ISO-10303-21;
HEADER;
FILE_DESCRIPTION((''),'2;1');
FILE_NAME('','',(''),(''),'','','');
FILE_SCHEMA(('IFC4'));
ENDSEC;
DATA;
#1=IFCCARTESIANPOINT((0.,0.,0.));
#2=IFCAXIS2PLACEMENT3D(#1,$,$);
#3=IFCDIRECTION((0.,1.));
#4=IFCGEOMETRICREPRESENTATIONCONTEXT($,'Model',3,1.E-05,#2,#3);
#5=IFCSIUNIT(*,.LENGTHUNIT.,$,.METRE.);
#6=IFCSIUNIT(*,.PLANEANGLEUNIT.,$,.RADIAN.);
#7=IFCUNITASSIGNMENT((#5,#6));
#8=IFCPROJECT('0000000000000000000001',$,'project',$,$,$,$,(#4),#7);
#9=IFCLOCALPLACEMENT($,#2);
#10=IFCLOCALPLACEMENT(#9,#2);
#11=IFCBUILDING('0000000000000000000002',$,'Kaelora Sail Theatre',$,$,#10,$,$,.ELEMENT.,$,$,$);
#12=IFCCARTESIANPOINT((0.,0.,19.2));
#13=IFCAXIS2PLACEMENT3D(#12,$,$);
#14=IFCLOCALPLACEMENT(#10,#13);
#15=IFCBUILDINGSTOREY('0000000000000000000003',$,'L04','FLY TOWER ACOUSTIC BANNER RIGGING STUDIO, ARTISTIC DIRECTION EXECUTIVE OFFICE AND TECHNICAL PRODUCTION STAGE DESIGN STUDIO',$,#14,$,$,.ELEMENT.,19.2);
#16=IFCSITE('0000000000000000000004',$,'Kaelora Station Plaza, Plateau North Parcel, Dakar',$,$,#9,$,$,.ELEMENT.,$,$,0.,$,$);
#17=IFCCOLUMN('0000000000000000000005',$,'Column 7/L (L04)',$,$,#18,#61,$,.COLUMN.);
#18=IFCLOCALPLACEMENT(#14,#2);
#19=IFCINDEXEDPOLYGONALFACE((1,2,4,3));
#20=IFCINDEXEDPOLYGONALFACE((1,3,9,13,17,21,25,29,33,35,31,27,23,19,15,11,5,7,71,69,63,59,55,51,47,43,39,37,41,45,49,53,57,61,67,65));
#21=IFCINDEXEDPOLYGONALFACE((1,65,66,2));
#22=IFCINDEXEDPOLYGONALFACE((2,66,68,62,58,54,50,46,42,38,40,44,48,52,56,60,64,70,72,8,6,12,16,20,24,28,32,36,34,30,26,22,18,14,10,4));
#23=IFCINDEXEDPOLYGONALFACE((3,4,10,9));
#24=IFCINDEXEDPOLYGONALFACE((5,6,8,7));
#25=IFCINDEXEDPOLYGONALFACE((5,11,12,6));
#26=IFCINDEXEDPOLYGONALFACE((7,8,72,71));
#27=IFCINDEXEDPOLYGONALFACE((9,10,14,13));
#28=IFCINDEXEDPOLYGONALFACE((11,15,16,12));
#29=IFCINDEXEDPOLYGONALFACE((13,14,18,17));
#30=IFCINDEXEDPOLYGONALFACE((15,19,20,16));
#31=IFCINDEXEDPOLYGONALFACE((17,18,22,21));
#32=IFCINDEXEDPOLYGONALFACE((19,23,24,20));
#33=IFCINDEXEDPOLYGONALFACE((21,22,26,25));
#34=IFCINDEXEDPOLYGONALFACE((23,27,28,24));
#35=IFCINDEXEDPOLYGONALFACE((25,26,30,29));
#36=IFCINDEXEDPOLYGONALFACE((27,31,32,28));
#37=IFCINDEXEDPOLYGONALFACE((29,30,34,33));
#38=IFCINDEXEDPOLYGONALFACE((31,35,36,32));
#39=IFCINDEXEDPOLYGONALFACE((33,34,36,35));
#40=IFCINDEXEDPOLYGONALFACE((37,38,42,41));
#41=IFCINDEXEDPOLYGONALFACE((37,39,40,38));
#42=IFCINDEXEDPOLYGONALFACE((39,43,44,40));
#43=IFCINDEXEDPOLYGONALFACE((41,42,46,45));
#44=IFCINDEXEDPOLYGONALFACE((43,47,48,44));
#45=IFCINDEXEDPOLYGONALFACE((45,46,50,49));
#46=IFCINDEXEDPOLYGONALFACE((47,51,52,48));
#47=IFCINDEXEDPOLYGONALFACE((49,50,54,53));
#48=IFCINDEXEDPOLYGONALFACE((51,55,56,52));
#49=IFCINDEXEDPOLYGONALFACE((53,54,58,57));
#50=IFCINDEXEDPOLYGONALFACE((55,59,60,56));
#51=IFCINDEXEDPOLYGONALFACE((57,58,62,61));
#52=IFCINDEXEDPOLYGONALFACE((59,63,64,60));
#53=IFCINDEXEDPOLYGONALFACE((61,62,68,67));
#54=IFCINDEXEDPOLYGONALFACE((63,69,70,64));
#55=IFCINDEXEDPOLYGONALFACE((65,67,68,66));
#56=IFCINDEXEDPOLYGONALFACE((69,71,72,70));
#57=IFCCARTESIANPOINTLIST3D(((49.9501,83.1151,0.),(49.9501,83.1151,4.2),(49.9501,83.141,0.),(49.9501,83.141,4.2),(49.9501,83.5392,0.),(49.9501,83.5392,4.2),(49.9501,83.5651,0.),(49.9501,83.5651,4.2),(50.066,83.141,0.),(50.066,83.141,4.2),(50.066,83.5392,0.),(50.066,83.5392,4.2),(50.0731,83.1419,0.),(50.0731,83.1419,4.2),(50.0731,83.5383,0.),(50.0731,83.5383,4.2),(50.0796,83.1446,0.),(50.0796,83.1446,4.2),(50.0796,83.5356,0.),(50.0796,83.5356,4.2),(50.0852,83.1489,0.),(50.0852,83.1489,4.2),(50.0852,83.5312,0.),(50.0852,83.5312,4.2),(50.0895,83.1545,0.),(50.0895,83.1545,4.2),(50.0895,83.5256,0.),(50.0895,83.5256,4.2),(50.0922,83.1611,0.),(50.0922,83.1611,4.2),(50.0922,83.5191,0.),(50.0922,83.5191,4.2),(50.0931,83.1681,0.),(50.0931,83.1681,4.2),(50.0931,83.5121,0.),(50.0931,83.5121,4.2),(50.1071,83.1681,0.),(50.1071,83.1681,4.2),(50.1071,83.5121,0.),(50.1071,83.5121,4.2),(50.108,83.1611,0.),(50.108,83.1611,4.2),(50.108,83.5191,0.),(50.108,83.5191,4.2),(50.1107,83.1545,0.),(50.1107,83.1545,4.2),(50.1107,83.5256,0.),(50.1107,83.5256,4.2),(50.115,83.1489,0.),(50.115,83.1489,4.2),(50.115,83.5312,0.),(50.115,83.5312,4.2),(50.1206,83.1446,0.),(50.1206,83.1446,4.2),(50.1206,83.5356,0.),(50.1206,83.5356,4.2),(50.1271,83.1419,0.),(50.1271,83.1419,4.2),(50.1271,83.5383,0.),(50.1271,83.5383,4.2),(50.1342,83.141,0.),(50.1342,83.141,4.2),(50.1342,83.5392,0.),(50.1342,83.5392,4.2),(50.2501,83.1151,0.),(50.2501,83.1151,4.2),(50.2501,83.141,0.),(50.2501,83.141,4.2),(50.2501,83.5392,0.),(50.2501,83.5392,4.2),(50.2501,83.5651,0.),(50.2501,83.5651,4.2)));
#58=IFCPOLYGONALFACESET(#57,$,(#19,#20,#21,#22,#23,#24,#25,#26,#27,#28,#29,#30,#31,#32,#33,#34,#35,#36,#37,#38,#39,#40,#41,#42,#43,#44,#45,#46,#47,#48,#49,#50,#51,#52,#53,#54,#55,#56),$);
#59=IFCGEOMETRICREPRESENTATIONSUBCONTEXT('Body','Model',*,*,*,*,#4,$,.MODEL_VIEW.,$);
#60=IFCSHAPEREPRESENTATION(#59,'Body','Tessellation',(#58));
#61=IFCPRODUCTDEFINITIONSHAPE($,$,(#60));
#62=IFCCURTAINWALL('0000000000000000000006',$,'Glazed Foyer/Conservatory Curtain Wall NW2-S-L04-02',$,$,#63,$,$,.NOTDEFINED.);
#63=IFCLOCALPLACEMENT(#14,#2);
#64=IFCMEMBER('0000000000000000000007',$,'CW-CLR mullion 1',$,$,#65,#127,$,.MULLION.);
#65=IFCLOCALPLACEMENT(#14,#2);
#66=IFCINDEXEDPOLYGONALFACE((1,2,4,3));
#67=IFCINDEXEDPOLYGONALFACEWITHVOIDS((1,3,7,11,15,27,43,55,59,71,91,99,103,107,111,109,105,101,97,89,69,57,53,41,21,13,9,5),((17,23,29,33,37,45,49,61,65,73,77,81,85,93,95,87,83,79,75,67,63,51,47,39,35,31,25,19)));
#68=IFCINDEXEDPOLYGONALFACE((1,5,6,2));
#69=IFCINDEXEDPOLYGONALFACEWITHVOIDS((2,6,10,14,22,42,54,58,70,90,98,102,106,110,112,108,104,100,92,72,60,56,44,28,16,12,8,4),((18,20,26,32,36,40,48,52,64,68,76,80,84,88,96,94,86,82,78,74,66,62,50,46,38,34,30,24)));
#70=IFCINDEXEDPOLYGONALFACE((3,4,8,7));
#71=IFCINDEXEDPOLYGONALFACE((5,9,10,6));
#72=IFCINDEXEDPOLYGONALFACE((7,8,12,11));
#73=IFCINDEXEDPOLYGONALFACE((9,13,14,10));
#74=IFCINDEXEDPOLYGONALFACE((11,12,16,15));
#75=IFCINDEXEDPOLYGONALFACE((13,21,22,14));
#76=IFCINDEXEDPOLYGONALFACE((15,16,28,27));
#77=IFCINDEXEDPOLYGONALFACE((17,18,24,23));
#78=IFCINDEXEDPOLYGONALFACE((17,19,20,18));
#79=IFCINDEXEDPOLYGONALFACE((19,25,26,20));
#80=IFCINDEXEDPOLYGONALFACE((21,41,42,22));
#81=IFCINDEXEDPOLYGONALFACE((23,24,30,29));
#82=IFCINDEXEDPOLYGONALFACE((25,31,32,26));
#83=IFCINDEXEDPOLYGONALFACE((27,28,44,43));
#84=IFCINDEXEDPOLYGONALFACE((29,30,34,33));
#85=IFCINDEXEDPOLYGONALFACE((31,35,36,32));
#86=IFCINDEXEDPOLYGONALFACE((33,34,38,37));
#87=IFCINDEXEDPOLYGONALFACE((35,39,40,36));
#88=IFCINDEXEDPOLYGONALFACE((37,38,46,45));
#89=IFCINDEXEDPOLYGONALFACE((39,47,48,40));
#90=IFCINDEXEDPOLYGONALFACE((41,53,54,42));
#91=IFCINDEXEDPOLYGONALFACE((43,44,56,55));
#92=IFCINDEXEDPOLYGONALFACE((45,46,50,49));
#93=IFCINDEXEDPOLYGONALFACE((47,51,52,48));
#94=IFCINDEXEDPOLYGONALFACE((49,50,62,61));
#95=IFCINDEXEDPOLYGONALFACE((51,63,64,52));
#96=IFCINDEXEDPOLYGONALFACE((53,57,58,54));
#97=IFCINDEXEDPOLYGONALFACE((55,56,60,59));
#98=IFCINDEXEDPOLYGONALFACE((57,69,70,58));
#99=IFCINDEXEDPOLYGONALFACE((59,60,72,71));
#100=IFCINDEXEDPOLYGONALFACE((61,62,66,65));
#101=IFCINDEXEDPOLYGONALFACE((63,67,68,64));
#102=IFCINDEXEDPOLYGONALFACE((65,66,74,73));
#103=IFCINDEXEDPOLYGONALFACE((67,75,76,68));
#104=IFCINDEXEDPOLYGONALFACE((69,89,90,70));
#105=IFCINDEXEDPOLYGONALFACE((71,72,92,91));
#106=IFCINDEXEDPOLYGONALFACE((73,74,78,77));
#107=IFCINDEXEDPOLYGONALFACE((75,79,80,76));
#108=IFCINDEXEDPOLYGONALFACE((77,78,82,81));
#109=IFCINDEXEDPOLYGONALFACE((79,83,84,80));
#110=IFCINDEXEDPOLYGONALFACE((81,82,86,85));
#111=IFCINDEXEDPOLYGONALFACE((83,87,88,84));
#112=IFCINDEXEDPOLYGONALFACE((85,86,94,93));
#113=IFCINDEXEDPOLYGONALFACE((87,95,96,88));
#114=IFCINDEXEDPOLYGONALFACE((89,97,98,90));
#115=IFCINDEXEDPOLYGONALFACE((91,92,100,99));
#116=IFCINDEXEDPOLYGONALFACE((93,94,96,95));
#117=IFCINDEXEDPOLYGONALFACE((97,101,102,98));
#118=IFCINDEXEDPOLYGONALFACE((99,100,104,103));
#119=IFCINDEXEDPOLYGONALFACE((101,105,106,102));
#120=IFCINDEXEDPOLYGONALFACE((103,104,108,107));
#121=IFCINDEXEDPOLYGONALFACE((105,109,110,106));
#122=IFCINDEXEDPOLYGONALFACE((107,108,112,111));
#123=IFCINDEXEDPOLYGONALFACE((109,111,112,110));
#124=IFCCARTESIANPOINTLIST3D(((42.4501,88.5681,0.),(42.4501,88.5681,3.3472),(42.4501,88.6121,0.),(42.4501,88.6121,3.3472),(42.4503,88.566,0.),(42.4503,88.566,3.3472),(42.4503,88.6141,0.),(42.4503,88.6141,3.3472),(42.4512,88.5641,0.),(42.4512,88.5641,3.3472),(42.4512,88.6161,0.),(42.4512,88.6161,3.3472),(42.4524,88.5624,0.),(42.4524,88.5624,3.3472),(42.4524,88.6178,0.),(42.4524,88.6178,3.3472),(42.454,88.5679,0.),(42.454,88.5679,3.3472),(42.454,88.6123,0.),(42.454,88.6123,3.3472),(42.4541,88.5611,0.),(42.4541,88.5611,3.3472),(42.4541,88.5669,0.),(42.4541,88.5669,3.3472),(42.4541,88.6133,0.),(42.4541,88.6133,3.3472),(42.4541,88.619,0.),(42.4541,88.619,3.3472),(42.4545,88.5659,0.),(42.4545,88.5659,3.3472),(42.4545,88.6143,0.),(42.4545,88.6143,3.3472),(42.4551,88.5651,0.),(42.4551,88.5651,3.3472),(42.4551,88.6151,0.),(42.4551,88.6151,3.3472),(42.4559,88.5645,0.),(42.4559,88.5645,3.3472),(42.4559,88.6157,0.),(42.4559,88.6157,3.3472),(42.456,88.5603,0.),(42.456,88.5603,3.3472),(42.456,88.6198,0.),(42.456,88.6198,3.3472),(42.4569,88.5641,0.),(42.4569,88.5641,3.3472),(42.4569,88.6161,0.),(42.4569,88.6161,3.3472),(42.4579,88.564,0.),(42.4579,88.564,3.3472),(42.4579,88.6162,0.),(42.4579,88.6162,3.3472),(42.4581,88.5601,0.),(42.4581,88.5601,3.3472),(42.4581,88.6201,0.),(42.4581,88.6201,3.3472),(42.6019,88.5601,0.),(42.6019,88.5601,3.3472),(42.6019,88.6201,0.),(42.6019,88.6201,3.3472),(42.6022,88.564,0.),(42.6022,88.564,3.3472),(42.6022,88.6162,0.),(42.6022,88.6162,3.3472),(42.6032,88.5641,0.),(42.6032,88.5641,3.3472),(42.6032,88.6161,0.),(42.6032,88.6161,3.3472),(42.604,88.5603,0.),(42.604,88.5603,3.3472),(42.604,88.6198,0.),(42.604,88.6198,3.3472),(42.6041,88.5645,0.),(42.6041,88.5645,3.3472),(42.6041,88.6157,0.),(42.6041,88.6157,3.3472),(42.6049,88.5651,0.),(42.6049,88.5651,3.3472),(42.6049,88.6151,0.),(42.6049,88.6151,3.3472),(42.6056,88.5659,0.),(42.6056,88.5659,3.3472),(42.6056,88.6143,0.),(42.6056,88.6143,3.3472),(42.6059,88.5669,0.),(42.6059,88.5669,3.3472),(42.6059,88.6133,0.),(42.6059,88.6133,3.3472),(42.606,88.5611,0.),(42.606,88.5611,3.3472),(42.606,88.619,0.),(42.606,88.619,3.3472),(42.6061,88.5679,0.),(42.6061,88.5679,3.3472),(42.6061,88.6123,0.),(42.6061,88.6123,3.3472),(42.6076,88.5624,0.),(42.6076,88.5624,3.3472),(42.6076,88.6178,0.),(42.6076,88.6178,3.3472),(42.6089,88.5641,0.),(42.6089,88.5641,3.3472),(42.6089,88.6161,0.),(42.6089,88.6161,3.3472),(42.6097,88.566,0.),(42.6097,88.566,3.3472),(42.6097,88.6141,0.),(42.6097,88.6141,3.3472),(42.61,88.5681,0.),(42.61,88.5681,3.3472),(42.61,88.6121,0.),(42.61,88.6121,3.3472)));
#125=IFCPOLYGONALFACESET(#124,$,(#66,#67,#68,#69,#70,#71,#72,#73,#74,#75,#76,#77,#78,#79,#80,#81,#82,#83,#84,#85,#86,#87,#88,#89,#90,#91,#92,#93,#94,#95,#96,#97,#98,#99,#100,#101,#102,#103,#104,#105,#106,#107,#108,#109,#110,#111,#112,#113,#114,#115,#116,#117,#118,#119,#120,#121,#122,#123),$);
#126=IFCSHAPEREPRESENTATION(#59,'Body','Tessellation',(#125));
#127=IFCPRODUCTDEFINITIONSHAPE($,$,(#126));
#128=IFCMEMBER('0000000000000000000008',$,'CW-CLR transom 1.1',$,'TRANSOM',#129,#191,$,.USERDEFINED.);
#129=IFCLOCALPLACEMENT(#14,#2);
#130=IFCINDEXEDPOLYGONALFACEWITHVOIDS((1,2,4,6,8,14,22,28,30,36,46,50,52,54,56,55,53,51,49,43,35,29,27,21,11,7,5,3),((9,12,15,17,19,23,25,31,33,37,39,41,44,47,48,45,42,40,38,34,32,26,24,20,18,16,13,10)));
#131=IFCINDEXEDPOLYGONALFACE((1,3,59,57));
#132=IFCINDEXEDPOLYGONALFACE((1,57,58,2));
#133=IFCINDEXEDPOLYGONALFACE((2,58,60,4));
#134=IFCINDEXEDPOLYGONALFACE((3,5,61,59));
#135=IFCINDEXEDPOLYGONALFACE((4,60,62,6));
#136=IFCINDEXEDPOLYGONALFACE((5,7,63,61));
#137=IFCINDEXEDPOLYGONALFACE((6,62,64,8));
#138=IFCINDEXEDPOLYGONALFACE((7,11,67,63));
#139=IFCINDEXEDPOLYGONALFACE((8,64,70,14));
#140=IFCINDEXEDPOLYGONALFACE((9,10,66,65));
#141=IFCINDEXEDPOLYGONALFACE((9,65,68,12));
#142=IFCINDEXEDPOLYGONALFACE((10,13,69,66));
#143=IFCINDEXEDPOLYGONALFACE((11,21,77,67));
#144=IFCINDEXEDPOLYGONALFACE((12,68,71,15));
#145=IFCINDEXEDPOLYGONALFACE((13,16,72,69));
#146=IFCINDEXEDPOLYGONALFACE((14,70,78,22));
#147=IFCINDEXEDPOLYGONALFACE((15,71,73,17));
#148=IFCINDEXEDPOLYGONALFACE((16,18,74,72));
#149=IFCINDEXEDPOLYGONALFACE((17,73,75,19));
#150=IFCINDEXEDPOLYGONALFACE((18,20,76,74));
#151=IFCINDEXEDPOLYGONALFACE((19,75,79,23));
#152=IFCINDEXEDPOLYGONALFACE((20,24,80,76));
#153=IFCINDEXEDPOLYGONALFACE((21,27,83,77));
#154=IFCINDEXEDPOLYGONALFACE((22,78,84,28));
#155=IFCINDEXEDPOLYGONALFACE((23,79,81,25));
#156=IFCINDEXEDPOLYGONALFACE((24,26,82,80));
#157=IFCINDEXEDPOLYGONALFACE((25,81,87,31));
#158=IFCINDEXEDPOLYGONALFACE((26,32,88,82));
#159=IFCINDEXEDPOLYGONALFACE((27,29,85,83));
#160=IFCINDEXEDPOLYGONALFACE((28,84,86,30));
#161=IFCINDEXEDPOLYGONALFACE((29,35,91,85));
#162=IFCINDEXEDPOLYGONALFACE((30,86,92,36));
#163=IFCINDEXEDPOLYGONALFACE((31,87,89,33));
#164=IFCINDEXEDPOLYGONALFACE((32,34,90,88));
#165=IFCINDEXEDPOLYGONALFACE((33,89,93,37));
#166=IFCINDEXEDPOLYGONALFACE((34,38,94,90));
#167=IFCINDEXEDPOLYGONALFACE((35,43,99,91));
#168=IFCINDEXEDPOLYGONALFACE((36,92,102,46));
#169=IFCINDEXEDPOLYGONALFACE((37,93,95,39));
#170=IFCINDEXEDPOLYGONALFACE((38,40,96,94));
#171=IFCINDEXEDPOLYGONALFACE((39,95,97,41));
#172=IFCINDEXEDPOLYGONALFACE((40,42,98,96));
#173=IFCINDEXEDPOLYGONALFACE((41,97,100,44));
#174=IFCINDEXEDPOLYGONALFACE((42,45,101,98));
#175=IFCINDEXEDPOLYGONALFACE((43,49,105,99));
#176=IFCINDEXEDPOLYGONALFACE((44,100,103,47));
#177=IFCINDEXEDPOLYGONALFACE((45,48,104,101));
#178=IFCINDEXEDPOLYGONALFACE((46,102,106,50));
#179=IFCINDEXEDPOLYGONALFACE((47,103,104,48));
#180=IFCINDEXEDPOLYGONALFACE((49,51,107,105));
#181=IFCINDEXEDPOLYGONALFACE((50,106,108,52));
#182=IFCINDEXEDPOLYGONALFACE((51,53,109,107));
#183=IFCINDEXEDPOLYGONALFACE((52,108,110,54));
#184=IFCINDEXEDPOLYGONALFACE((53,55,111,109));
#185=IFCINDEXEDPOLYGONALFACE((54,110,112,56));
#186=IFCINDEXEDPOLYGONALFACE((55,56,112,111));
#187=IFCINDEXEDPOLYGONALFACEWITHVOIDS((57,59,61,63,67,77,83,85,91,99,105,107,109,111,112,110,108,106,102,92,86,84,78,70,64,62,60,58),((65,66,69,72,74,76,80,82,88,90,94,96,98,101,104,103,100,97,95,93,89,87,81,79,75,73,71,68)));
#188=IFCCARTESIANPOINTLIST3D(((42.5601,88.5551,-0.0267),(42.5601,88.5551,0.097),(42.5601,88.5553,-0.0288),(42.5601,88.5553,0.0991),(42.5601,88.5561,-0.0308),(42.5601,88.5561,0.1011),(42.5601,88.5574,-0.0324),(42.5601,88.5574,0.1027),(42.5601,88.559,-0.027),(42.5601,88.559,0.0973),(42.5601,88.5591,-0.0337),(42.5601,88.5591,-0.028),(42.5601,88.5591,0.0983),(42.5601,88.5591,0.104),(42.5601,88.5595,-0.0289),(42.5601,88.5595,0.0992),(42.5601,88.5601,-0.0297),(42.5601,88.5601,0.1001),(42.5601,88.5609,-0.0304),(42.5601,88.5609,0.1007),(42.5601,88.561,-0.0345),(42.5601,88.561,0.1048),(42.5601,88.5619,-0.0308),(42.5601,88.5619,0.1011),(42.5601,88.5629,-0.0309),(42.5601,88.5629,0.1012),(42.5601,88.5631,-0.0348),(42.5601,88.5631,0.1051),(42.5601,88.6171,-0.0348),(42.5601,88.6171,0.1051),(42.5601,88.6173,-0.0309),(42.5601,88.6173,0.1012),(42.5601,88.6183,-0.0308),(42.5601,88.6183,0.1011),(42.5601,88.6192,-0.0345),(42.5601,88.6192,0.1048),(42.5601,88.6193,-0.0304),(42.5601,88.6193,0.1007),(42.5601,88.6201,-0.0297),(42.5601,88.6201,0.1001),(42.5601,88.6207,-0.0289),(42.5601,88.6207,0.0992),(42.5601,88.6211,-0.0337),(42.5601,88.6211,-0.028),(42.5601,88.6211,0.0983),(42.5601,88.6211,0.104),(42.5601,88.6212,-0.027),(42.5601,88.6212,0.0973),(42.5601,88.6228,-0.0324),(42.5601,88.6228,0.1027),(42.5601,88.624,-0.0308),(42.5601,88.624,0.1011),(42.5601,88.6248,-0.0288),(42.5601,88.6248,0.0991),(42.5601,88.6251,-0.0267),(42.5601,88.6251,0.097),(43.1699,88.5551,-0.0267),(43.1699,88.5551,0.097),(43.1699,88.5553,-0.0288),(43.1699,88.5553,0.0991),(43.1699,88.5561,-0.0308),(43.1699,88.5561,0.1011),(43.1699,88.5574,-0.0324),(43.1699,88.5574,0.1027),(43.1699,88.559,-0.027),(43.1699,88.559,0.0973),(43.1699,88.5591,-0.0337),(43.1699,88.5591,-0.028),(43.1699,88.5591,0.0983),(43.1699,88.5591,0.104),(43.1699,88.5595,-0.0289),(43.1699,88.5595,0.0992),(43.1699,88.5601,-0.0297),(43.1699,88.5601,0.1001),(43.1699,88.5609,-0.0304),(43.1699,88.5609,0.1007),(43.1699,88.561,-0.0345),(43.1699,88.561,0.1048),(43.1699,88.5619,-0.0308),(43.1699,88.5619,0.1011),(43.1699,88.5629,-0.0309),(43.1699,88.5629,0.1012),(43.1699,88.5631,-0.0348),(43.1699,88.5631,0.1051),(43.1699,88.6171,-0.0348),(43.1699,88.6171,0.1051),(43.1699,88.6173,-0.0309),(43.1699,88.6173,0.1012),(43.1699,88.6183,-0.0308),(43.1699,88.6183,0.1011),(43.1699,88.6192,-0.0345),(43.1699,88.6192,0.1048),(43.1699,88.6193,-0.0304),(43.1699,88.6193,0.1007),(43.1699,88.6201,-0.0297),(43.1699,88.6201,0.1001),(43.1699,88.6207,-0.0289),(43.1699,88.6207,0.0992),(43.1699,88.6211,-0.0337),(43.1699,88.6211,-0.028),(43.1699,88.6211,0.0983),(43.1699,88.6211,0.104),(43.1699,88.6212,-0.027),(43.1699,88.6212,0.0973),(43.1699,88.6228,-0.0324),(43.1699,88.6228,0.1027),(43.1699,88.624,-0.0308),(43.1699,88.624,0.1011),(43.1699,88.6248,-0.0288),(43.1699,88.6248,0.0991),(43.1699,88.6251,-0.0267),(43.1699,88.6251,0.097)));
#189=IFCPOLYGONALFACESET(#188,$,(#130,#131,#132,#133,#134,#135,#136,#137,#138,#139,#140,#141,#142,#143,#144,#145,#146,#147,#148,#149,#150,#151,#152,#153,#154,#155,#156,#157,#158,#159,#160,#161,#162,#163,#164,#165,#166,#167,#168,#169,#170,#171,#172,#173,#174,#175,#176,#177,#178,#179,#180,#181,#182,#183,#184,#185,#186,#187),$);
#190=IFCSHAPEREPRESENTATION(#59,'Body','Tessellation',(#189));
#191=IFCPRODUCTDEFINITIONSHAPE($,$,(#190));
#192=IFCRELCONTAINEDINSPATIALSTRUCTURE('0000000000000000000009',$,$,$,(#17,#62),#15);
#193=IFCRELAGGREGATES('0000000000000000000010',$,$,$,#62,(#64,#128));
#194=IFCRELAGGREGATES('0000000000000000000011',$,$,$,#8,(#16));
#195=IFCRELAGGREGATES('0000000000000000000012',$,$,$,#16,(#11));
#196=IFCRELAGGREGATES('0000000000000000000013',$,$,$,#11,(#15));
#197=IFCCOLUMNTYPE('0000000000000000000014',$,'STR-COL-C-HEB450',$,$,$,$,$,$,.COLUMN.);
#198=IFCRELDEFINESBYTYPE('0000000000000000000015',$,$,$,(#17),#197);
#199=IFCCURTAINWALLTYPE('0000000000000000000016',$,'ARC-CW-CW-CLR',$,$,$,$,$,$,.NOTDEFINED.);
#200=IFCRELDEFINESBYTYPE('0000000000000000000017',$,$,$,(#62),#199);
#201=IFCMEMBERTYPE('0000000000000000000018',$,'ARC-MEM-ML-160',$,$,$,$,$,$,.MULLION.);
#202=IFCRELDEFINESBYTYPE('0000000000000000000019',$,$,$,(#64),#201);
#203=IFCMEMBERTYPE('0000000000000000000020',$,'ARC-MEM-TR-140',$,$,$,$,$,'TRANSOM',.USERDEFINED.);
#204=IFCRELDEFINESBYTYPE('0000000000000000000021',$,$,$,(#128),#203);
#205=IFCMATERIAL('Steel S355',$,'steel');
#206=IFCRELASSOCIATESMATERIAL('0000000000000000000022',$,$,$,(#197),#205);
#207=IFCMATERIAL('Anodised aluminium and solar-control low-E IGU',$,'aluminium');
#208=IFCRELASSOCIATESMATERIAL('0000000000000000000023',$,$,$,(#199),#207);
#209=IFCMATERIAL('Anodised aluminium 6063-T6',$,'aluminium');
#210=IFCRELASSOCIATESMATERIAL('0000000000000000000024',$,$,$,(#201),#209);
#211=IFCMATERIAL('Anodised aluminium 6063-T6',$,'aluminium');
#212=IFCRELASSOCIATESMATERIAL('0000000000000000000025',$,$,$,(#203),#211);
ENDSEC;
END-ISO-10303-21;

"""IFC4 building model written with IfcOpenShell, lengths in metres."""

from ifc_helpers import new_model, si_unit, direction, frame, origin, origin_2d, place, context, subcontext, project, spatial, hollow_rectangle, i_section, extrude, material, material_profile, profile_set, type_object, element, aggregate, save


model = new_model("IFC4")

# Units and contexts
model_context = context("Model", 3, precision=1e-05, world=origin(), true_north=direction((0.0, 1.0)))
body_context = subcontext(model_context, "Body", "Model", "MODEL_VIEW")
ifc_project = project(units=[si_unit("LENGTHUNIT", "METRE"), si_unit("PLANEANGLEUNIT", "RADIAN")], contexts=[model_context])

# Site, building, storey
site_placement = place(None, origin())
site = spatial("IfcSite", under=ifc_project, at=site_placement, Name="Kaelora Station Plaza, Plateau North Parcel, Dakar", CompositionType="ELEMENT", RefElevation=0.0)
building_placement = place(site_placement, origin())
building = spatial("IfcBuilding", under=site, at=building_placement, Name="Kaelora Sail Theatre", CompositionType="ELEMENT")
storey_placement = place(building_placement, frame((0.0, 0.0, 19.2)))
storey = spatial("IfcBuildingStorey", under=building, at=storey_placement, Name="L04", Description="FLY TOWER ACOUSTIC BANNER RIGGING STUDIO, ARTISTIC DIRECTION EXECUTIVE OFFICE AND TECHNICAL PRODUCTION STAGE DESIGN STUDIO", CompositionType="ELEMENT", Elevation=19.2)

# Column
ifc_material_1 = material(Name="Steel S355", Category="steel")
ifc_material_profile_1 = material_profile(ifc_material_1, i_section(OverallWidth=0.3, OverallDepth=0.45, WebThickness=0.0139, FlangeThickness=0.0259, FilletRadius=0.0271, at=origin_2d()), Name="HEB 450")
ifc_profile_set_1 = profile_set([ifc_material_profile_1], Name="Steel S355")
column_type = type_object("IfcColumnType", Name="STR-COL-C-HEB450", PredefinedType="COLUMN", material=ifc_profile_set_1)
column_placement = place(storey_placement, frame((50.1001, 83.3401, 0.0), z_axis=(0.0, 0.0, 1.0), x_axis=(1.0, 0.0, 0.0)))
element("IfcColumn", 1, at=column_placement, inside=storey, type_object=column_type, Name="Column 7/L (L04)", PredefinedType="COLUMN", context=body_context, shape_type="SweptSolid", body=[
    extrude(i_section(OverallWidth=0.3, OverallDepth=0.45, WebThickness=0.0139, FlangeThickness=0.0259, FilletRadius=0.0271, at=origin_2d()), origin(), (0.0, 0.0, 1.0), 4.2),
])

# Curtain wall, members
ifc_material_2 = material(Name="Anodised aluminium and solar-control low-E IGU", Category="aluminium")
curtain_wall_type = type_object("IfcCurtainWallType", Name="ARC-CW-CW-CLR", PredefinedType="NOTDEFINED", material=ifc_material_2)
curtain_wall_placement = place(storey_placement, origin())
curtain_wall = element("IfcCurtainWall", 2, at=curtain_wall_placement, inside=storey, type_object=curtain_wall_type, Name="Glazed Foyer/Conservatory Curtain Wall NW2-S-L04-02", PredefinedType="NOTDEFINED")
ifc_material_3 = material(Name="Anodised aluminium 6063-T6", Category="aluminium")
ifc_material_profile_2 = material_profile(ifc_material_3, hollow_rectangle(XDim=0.0601, YDim=0.1599, WallThickness=0.0039, InnerFilletRadius=0.0039, OuterFilletRadius=0.0081, at=origin_2d()), Name="ALU-MULL 60x160x4")
ifc_profile_set_2 = profile_set([ifc_material_profile_2], Name="Anodised aluminium 6063-T6")
member_type_1 = type_object("IfcMemberType", Name="ARC-MEM-ML-160", PredefinedType="MULLION", material=ifc_profile_set_2)
member_1_placement = place(storey_placement, frame((42.53, 88.5901, 0.0), z_axis=(0.0, 0.0, 1.0), x_axis=(0.0, 1.0, 0.0)))
member_1 = element("IfcMember", 3, at=member_1_placement, type_object=member_type_1, Name="CW-CLR mullion 1", PredefinedType="MULLION", context=body_context, shape_type="SweptSolid", body=[
    extrude(hollow_rectangle(XDim=0.0601, YDim=0.1599, WallThickness=0.0039, InnerFilletRadius=0.0039, OuterFilletRadius=0.0081, at=origin_2d()), origin(), (0.0, 0.0, 1.0), 3.3472),
])
ifc_material_4 = material(Name="Anodised aluminium 6063-T6", Category="aluminium")
ifc_material_profile_3 = material_profile(ifc_material_4, hollow_rectangle(XDim=0.0701, YDim=0.1399, WallThickness=0.0039, InnerFilletRadius=0.0039, OuterFilletRadius=0.0081, at=origin_2d()), Name="ALU-TRAN 70x140x4")
ifc_profile_set_3 = profile_set([ifc_material_profile_3], Name="Anodised aluminium 6063-T6")
member_type_2 = type_object("IfcMemberType", Name="ARC-MEM-TR-140", ElementType="TRANSOM", PredefinedType="USERDEFINED", material=ifc_profile_set_3)
member_2_placement = place(storey_placement, frame((42.5601, 88.5901, 0.0352), z_axis=(1.0, 0.0, 0.0), x_axis=(0.0, 1.0, 0.0)))
member_2 = element("IfcMember", 4, at=member_2_placement, type_object=member_type_2, Name="CW-CLR transom 1.1", ObjectType="TRANSOM", PredefinedType="USERDEFINED", context=body_context, shape_type="SweptSolid", body=[
    extrude(hollow_rectangle(XDim=0.0701, YDim=0.1399, WallThickness=0.0039, InnerFilletRadius=0.0039, OuterFilletRadius=0.0081, at=origin_2d()), origin(), (0.0, 0.0, 1.0), 0.6099),
])

aggregate(curtain_wall, [member_1, member_2])

save(model, "model.ifc")
